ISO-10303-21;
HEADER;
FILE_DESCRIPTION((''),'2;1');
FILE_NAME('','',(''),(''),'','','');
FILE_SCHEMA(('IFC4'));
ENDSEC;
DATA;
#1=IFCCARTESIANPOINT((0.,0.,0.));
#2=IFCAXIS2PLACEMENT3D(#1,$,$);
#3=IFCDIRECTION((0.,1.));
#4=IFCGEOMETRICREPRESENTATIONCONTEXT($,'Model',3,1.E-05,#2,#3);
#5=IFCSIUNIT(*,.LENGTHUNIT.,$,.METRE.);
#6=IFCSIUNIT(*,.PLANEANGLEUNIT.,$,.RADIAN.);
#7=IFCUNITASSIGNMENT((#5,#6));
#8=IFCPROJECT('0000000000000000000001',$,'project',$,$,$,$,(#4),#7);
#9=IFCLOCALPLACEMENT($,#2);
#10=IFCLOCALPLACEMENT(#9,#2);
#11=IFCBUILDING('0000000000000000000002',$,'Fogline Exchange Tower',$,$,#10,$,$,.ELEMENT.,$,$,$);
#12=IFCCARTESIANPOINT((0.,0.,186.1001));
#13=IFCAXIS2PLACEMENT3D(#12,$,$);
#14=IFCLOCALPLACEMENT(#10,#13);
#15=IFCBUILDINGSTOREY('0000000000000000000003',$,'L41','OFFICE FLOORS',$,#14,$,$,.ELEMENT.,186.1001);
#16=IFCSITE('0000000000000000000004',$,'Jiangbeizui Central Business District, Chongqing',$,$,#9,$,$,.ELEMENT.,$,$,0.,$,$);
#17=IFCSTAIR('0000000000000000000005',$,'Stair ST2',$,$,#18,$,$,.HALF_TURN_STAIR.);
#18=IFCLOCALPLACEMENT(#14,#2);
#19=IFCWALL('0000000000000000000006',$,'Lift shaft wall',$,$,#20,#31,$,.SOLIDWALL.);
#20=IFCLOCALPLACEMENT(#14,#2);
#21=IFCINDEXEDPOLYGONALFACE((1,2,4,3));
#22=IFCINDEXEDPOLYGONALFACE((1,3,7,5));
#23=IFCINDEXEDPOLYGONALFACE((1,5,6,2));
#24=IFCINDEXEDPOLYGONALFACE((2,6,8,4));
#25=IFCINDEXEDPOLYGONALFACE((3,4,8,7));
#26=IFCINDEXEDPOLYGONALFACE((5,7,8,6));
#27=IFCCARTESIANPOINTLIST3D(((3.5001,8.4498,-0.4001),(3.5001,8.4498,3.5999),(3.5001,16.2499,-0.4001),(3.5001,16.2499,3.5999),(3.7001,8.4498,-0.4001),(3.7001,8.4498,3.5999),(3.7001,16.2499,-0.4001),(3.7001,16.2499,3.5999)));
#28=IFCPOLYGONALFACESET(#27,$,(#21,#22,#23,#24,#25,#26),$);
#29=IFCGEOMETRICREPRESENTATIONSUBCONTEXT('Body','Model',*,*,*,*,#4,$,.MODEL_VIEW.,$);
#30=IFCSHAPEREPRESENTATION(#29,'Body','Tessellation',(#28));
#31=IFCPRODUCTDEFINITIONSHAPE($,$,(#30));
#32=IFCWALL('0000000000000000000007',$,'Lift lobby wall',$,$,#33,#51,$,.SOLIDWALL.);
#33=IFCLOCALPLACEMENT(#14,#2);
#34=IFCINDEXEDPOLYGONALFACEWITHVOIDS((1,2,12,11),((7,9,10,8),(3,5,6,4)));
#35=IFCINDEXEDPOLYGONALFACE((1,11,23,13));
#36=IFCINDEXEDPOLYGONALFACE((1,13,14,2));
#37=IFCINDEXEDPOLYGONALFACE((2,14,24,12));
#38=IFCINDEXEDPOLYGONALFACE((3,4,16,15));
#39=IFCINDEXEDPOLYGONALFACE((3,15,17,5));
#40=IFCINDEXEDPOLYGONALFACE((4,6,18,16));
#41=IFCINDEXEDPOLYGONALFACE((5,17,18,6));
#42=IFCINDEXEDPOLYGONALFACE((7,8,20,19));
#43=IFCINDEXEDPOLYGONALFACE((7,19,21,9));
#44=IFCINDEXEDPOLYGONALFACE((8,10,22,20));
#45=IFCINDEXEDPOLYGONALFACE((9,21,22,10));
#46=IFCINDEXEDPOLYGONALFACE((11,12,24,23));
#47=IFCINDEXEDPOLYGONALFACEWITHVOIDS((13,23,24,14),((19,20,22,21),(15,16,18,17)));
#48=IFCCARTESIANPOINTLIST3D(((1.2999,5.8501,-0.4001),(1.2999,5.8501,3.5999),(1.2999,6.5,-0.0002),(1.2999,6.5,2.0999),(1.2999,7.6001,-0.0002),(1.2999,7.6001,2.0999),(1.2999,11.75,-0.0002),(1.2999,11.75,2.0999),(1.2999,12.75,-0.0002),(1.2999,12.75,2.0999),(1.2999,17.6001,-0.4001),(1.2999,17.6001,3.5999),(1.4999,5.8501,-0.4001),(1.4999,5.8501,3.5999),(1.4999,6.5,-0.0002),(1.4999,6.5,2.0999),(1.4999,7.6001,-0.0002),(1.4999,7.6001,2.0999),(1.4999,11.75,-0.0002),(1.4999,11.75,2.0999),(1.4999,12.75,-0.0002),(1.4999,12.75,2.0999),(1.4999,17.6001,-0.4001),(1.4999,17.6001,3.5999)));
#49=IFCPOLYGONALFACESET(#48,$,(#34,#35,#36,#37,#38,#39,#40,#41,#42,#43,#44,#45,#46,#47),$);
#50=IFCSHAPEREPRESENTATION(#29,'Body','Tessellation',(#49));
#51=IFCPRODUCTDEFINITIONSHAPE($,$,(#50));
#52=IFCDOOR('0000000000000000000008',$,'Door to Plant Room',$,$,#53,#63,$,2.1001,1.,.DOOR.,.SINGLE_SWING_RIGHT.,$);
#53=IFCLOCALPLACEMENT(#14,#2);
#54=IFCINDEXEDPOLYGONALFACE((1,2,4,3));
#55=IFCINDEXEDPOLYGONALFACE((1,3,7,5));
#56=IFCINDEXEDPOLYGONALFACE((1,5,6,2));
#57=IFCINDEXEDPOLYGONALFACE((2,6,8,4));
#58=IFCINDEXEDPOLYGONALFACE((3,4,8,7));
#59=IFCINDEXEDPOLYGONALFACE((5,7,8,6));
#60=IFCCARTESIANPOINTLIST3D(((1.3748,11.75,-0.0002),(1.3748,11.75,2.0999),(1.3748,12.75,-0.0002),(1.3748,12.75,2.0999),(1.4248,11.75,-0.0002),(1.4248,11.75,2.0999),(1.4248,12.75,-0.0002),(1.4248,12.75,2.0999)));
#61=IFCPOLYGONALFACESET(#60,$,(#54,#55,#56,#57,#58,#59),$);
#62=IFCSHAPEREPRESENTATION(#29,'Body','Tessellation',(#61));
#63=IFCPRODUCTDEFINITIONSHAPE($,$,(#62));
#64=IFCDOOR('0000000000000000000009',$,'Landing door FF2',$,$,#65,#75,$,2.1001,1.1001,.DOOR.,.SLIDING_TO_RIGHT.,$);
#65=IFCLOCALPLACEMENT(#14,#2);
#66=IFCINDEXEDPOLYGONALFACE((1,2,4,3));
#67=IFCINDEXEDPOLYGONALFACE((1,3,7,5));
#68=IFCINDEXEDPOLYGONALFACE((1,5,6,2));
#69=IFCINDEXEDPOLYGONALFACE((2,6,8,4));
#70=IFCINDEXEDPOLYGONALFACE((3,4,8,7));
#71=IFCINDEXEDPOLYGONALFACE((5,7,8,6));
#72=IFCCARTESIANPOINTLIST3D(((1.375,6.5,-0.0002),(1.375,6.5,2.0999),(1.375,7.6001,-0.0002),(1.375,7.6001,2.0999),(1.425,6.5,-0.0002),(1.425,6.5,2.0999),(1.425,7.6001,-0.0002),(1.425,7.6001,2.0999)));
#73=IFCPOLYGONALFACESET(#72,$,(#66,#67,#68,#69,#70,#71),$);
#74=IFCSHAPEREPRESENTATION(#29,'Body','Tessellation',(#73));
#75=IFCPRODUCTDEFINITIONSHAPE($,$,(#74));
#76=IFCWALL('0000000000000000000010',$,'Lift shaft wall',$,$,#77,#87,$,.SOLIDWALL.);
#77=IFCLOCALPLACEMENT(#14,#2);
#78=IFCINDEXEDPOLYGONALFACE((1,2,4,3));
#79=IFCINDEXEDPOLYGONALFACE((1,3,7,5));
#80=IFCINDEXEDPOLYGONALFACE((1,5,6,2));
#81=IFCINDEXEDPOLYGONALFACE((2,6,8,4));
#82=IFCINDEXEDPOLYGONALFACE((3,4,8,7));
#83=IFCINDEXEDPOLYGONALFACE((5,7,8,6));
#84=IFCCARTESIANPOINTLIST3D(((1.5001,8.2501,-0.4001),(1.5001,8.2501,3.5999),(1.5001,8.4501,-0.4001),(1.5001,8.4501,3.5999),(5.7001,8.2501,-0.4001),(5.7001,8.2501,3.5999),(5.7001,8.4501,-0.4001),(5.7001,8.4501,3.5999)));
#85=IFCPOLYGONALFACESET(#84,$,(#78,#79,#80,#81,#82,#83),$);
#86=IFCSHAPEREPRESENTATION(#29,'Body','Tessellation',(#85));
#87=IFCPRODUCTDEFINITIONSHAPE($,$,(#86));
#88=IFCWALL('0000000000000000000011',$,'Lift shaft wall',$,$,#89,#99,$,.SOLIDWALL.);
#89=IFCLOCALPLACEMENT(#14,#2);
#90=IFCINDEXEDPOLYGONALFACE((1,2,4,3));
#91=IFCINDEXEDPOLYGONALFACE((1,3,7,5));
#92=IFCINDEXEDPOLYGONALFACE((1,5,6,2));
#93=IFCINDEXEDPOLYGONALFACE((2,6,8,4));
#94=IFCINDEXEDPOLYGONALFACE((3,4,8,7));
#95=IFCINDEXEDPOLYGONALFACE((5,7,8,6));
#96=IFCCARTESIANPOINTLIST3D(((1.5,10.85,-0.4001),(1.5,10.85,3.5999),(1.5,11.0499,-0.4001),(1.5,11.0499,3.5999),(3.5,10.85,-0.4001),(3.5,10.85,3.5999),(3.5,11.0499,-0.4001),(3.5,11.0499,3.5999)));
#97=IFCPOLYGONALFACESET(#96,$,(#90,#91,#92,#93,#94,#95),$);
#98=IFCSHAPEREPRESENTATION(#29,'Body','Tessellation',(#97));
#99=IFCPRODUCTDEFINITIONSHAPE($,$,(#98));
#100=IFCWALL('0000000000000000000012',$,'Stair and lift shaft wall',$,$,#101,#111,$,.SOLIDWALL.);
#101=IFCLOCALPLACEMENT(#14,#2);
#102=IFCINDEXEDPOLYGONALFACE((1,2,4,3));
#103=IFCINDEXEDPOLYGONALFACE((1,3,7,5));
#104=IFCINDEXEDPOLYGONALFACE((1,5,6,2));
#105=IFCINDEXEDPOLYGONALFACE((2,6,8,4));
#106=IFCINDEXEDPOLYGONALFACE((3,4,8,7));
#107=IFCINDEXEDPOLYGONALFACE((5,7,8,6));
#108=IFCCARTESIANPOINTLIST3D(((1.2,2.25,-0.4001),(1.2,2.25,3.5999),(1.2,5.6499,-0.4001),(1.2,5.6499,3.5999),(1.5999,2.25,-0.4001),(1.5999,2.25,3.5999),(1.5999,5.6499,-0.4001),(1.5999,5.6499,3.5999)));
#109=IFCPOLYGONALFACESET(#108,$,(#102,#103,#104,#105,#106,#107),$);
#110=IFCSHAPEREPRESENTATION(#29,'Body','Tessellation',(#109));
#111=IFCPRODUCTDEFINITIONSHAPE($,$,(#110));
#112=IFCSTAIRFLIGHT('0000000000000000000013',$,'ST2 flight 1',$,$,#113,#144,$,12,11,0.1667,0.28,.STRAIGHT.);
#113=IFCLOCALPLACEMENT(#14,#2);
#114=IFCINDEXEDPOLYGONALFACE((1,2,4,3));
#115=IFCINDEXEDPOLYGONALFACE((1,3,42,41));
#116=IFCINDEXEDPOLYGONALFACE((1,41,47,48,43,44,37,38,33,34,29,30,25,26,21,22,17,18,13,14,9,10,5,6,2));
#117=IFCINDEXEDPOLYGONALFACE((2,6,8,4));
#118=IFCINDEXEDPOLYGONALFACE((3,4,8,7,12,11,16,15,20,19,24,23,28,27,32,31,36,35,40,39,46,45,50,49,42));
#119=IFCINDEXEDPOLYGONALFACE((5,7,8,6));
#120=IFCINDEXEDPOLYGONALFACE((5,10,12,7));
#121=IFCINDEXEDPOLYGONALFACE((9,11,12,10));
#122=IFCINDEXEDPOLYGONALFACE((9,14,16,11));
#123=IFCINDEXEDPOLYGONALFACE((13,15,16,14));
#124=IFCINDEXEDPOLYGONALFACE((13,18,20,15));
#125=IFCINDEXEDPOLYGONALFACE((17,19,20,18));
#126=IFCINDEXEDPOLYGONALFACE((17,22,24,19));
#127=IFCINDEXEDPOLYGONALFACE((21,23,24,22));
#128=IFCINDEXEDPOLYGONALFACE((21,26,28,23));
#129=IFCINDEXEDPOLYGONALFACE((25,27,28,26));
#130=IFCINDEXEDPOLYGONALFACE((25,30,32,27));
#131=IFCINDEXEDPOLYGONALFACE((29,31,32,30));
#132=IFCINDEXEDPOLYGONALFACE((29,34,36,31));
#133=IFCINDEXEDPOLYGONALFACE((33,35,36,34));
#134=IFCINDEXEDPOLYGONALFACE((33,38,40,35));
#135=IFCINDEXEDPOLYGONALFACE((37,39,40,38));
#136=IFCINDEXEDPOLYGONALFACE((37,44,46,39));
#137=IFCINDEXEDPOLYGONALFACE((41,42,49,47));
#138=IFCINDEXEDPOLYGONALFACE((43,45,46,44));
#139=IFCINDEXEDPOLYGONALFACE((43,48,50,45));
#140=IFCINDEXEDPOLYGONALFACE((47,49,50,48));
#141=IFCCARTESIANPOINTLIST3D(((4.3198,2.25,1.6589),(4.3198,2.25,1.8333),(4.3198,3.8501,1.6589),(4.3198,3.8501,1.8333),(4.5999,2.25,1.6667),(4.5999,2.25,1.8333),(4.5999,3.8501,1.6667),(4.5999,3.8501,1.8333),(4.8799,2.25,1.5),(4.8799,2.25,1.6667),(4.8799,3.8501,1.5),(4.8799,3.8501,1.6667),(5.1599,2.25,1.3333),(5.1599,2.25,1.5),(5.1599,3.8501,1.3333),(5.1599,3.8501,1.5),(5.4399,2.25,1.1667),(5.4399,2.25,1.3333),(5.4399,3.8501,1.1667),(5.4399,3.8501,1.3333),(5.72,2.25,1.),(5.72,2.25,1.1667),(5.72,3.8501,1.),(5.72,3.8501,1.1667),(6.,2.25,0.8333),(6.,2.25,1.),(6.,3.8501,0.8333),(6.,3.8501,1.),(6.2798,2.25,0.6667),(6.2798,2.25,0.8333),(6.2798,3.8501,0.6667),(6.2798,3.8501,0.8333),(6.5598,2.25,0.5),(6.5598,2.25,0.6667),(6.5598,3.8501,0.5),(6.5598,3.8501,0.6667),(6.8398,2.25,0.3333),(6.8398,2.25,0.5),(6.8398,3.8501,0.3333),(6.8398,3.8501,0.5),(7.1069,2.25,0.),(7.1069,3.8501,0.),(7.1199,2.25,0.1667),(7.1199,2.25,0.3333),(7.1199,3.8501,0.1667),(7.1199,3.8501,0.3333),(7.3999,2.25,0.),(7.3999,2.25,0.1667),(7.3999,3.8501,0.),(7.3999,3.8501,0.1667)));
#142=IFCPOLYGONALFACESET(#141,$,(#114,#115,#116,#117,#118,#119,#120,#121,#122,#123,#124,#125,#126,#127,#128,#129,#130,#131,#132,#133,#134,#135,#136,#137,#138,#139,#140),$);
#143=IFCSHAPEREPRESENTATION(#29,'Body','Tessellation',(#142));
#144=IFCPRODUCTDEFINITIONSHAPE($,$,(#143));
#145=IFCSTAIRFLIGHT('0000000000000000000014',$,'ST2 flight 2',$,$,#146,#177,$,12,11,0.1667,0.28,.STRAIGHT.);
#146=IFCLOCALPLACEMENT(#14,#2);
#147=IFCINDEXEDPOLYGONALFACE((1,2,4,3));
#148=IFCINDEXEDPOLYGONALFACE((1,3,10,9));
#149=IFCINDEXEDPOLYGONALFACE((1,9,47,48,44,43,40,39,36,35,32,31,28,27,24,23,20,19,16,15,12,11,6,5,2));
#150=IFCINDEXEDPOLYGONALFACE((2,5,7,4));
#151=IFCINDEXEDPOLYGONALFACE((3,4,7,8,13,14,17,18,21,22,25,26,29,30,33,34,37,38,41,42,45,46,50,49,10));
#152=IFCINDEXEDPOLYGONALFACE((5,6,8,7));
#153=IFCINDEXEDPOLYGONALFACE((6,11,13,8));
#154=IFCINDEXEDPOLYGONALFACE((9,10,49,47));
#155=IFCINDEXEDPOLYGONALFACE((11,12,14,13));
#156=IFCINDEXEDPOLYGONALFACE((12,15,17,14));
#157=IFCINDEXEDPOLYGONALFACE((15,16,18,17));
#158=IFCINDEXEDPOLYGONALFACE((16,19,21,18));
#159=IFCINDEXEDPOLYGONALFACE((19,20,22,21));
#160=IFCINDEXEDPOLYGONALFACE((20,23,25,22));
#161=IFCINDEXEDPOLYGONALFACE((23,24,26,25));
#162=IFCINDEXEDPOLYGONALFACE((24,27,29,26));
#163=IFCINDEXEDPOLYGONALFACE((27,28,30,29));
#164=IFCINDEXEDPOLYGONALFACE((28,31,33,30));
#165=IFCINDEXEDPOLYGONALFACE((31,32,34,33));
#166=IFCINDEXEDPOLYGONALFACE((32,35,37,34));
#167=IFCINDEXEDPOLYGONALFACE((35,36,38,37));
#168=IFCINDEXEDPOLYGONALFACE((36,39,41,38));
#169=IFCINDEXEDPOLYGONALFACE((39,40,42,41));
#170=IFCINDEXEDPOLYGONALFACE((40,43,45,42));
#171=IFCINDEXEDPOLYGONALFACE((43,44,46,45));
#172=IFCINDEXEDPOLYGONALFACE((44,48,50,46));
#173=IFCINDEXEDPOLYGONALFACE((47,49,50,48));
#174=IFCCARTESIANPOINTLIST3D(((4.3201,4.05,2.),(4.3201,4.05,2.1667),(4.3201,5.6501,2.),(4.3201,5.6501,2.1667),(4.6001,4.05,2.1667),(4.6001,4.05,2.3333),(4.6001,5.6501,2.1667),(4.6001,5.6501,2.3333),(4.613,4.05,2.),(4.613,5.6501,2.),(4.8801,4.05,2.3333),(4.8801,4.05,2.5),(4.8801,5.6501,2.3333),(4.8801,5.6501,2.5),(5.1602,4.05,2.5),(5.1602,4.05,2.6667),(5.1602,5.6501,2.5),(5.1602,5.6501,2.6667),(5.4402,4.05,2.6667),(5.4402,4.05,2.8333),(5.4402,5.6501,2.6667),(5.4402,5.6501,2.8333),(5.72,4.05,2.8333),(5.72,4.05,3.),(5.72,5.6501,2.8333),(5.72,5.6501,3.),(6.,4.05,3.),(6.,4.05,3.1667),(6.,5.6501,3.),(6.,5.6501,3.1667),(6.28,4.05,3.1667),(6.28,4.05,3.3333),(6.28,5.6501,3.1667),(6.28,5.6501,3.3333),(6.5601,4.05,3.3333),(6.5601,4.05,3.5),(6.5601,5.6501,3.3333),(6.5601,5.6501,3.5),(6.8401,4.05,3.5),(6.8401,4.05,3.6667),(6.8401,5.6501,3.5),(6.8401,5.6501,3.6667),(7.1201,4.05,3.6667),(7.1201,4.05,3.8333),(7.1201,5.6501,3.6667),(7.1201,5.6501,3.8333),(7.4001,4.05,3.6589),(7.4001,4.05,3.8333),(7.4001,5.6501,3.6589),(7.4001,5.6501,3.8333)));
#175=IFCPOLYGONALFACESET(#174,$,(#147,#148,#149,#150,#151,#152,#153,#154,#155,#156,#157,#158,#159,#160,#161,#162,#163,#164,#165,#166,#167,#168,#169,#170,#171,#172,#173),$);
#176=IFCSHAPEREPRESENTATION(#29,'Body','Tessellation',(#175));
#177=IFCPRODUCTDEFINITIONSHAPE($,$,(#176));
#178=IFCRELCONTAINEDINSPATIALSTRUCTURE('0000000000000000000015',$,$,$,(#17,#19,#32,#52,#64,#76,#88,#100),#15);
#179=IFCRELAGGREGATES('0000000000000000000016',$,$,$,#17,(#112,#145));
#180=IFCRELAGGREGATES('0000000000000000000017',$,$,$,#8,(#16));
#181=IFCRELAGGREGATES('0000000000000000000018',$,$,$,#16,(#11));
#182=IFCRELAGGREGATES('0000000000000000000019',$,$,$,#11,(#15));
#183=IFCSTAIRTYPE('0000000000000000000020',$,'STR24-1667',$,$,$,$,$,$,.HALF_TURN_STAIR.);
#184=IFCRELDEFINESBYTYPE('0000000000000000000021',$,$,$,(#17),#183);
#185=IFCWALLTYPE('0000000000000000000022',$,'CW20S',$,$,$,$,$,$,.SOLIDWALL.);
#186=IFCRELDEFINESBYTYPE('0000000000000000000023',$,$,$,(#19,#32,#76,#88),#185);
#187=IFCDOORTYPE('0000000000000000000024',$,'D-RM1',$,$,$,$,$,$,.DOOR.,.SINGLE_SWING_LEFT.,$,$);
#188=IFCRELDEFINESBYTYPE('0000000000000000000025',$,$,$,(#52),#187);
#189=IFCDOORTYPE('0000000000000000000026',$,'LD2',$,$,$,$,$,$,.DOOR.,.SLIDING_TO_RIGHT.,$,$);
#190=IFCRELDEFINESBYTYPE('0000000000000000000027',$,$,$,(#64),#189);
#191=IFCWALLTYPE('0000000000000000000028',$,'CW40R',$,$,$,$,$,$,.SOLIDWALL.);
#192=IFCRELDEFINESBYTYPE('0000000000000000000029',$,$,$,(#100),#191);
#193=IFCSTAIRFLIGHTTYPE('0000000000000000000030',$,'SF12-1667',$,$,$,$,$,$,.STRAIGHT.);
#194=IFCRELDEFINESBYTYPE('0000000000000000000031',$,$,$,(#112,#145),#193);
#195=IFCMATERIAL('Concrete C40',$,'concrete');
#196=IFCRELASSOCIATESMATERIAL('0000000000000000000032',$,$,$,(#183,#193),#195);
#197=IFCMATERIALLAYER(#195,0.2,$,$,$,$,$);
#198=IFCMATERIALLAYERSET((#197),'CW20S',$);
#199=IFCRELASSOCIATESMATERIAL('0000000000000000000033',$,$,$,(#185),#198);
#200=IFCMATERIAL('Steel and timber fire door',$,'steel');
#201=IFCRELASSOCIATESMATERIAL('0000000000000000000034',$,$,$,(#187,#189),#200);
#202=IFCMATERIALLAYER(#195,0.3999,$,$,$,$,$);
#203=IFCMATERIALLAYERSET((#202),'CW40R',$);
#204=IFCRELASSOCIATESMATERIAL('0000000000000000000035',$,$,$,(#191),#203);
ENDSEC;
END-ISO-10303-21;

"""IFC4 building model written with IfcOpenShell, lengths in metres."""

from ifc_helpers import new_model, si_unit, direction, frame, frame_2d, origin, place, context, subcontext, project, spatial, polyline, rectangle, outline, extrude, material, layer, layer_set, type_object, element, fill, aggregate, save


model = new_model("IFC4")

# Units and contexts
model_context = context("Model", 3, precision=1e-05, world=origin(), true_north=direction((0.0, 1.0)))
body_context = subcontext(model_context, "Body", "Model", "MODEL_VIEW")
ifc_project = project(units=[si_unit("LENGTHUNIT", "METRE"), si_unit("PLANEANGLEUNIT", "RADIAN")], contexts=[model_context])

# Site, building, storey
site_placement = place(None, origin())
site = spatial("IfcSite", under=ifc_project, at=site_placement, Name="Jiangbeizui Central Business District, Chongqing", CompositionType="ELEMENT", RefElevation=0.0)
building_placement = place(site_placement, origin())
building = spatial("IfcBuilding", under=site, at=building_placement, Name="Fogline Exchange Tower", CompositionType="ELEMENT")
storey_placement = place(building_placement, frame((0.0, 0.0, 186.1001)))
storey = spatial("IfcBuildingStorey", under=building, at=storey_placement, Name="L41", Description="OFFICE FLOORS", CompositionType="ELEMENT", Elevation=186.1001)

# Shared definitions
ifc_material_1 = material(Name="Concrete C40", Category="concrete")

# Stair
stair_type = type_object("IfcStairType", Name="STR24-1667", PredefinedType="HALF_TURN_STAIR", material=ifc_material_1)
stair_1_placement = place(storey_placement, origin())
stair_1 = element("IfcStair", 1, at=stair_1_placement, inside=storey, type_object=stair_type, Name="Stair ST2", PredefinedType="HALF_TURN_STAIR")

# Shared definitions
ifc_material_2 = material(Name="Steel and timber fire door", Category="steel")

# Shared definitions
ifc_layer_1 = layer(ifc_material_1, 0.2)
ifc_layer_set_1 = layer_set([ifc_layer_1], Name="CW20S")
wall_type_1 = type_object("IfcWallType", Name="CW20S", PredefinedType="SOLIDWALL", material=ifc_layer_set_1)

# Wall
wall_1_placement = place(storey_placement, frame((3.6001, 8.45, -0.4001), z_axis=(0.0, 0.0, 1.0), x_axis=(0.0, 1.0, 0.0)))
element("IfcWall", 2, at=wall_1_placement, inside=storey, type_object=wall_type_1, Name="Lift shaft wall", PredefinedType="SOLIDWALL", context=body_context, shape_type="SweptSolid", body=[
    extrude(rectangle(XDim=7.8, YDim=0.2, at=frame_2d((3.8999, 0.0))), origin(), (0.0, 0.0, 1.0), 4.0),
])

# Wall, openings, doors
wall_2_placement = place(storey_placement, frame((1.3999, 5.8501, -0.4001), z_axis=(0.0, 0.0, 1.0), x_axis=(0.0, 1.0, 0.0)))
wall_2 = element("IfcWall", 3, at=wall_2_placement, inside=storey, type_object=wall_type_1, Name="Lift lobby wall", PredefinedType="SOLIDWALL", context=body_context, shape_type="SweptSolid", body=[
    extrude(rectangle(XDim=11.75, YDim=0.2, at=frame_2d((5.875, 0.0))), origin(), (0.0, 0.0, 1.0), 4.0),
])
opening_1_placement = place(wall_2_placement, frame((0.6499, 0.0, 0.3999)))
opening_1 = element("IfcOpeningElement", 4, at=opening_1_placement, cuts=wall_2, PredefinedType="OPENING", context=body_context, shape_type="SweptSolid", body=[
    extrude(rectangle(XDim=1.1001, YDim=2.1001, at=frame_2d((0.55, 1.05))), frame((0.0, 0.1099, 0.0), z_axis=(0.0, -1.0, 0.0), x_axis=(1.0, 0.0, 0.0)), (0.0, 0.0, 1.0), 0.22),
])
opening_2_placement = place(wall_2_placement, frame((5.8999, 0.0, 0.3999)))
opening_2 = element("IfcOpeningElement", 5, at=opening_2_placement, cuts=wall_2, PredefinedType="OPENING", context=body_context, shape_type="SweptSolid", body=[
    extrude(rectangle(XDim=1.0, YDim=2.1001, at=frame_2d((0.5, 1.05))), frame((0.0, 0.1099, 0.0), z_axis=(0.0, -1.0, 0.0), x_axis=(1.0, 0.0, 0.0)), (0.0, 0.0, 1.0), 0.22),
])
door_type_1 = type_object("IfcDoorType", Name="D-RM1", OperationType="SINGLE_SWING_LEFT", PredefinedType="DOOR", material=ifc_material_2)
door_1_placement = place(opening_2_placement, frame((1.0, 0.0, 0.0), z_axis=(0.0, 0.0, 1.0), x_axis=(-1.0, 0.0, 0.0)))
door_1 = element("IfcDoor", 6, at=door_1_placement, inside=storey, type_object=door_type_1, Name="Door to Plant Room", OperationType="SINGLE_SWING_RIGHT", OverallHeight=2.1001, OverallWidth=1.0, PredefinedType="DOOR", context=body_context, shape_type="SweptSolid", body=[
    extrude(rectangle(XDim=1.0, YDim=2.1001, at=frame_2d((0.5, 1.05))), frame((0.0, 0.0249, 0.0), z_axis=(0.0, -1.0, 0.0), x_axis=(1.0, 0.0, 0.0)), (0.0, 0.0, 1.0), 0.05),
])
fill(opening_2, door_1)
door_type_2 = type_object("IfcDoorType", Name="LD2", OperationType="SLIDING_TO_RIGHT", PredefinedType="DOOR", material=ifc_material_2)
door_2_placement = place(opening_1_placement, origin())
door_2 = element("IfcDoor", 7, at=door_2_placement, inside=storey, type_object=door_type_2, Name="Landing door FF2", OperationType="SLIDING_TO_RIGHT", OverallHeight=2.1001, OverallWidth=1.1001, PredefinedType="DOOR", context=body_context, shape_type="SweptSolid", body=[
    extrude(rectangle(XDim=1.1001, YDim=2.1001, at=frame_2d((0.55, 1.05))), frame((0.0, 0.0249, 0.0), z_axis=(0.0, -1.0, 0.0), x_axis=(1.0, 0.0, 0.0)), (0.0, 0.0, 1.0), 0.05),
])
fill(opening_1, door_2)

# Walls
wall_3_placement = place(storey_placement, frame((1.5, 8.3501, -0.4001), z_axis=(0.0, 0.0, 1.0), x_axis=(1.0, 0.0, 0.0)))
element("IfcWall", 8, at=wall_3_placement, inside=storey, type_object=wall_type_1, Name="Lift shaft wall", PredefinedType="SOLIDWALL", context=body_context, shape_type="SweptSolid", body=[
    extrude(rectangle(XDim=4.2, YDim=0.2, at=frame_2d((2.1001, 0.0))), origin(), (0.0, 0.0, 1.0), 4.0),
])
wall_4_placement = place(storey_placement, frame((1.5, 10.95, -0.4001), z_axis=(0.0, 0.0, 1.0), x_axis=(1.0, 0.0, 0.0)))
element("IfcWall", 9, at=wall_4_placement, inside=storey, type_object=wall_type_1, Name="Lift shaft wall", PredefinedType="SOLIDWALL", context=body_context, shape_type="SweptSolid", body=[
    extrude(rectangle(XDim=2.0, YDim=0.2, at=frame_2d((1.0, 0.0))), origin(), (0.0, 0.0, 1.0), 4.0),
])
ifc_layer_2 = layer(ifc_material_1, 0.3999)
ifc_layer_set_2 = layer_set([ifc_layer_2], Name="CW40R")
wall_type_2 = type_object("IfcWallType", Name="CW40R", PredefinedType="SOLIDWALL", material=ifc_layer_set_2)
wall_5_placement = place(storey_placement, frame((1.3999, 2.25, -0.4001), z_axis=(0.0, 0.0, 1.0), x_axis=(0.0, 1.0, 0.0)))
element("IfcWall", 10, at=wall_5_placement, inside=storey, type_object=wall_type_2, Name="Stair and lift shaft wall", PredefinedType="SOLIDWALL", context=body_context, shape_type="SweptSolid", body=[
    extrude(rectangle(XDim=3.3999, YDim=0.3999, at=frame_2d((1.7, 0.0))), origin(), (0.0, 0.0, 1.0), 4.0),
])

# Stair flights
stair_flight_type = type_object("IfcStairFlightType", Name="SF12-1667", PredefinedType="STRAIGHT", material=ifc_material_1)
stair_flight_1_placement = place(storey_placement, frame((7.3999, 3.05, 0.0), z_axis=(0.0, 0.0, 1.0), x_axis=(-1.0, 0.0, 0.0)))
stair_flight_1 = element("IfcStairFlight", 11, at=stair_flight_1_placement, type_object=stair_flight_type, Name="ST2 flight 1", NumberOfRisers=12, NumberOfTreads=11, PredefinedType="STRAIGHT", RiserHeight=0.1667, TreadLength=0.28, context=body_context, shape_type="SweptSolid", body=[
    extrude(outline(polyline([(0.0, 0.0), (0.0, 0.1667), (0.28, 0.1667), (0.28, 0.3333), (0.5601, 0.3333), (0.5601, 0.5), (0.8401, 0.5), (0.8401, 0.6667), (1.1201, 0.6667), (1.1201, 0.8333), (1.3999, 0.8333), (1.3999, 1.0), (1.6799, 1.0), (1.6799, 1.1667), (1.96, 1.1667), (1.96, 1.3333), (2.24, 1.3333), (2.24, 1.5), (2.52, 1.5), (2.52, 1.6667), (2.8, 1.6667), (2.8, 1.8333), (3.0801, 1.8333), (3.0801, 2.0), (3.0801, 1.6589), (0.293, 0.0), (0.0, 0.0)])), frame((0.0, 0.8, 0.0), z_axis=(0.0, -1.0, 0.0), x_axis=(1.0, 0.0, 0.0)), (0.0, 0.0, 1.0), 1.6001),
])
stair_flight_2_placement = place(storey_placement, frame((4.3201, 4.8501, 2.0), z_axis=(0.0, 0.0, 1.0), x_axis=(1.0, 0.0, 0.0)))
stair_flight_2 = element("IfcStairFlight", 12, at=stair_flight_2_placement, type_object=stair_flight_type, Name="ST2 flight 2", NumberOfRisers=12, NumberOfTreads=11, PredefinedType="STRAIGHT", RiserHeight=0.1667, TreadLength=0.28, context=body_context, shape_type="SweptSolid", body=[
    extrude(outline(polyline([(0.0, 0.0), (0.0, 0.1667), (0.28, 0.1667), (0.28, 0.3333), (0.5601, 0.3333), (0.5601, 0.5), (0.8401, 0.5), (0.8401, 0.6667), (1.1201, 0.6667), (1.1201, 0.8333), (1.3999, 0.8333), (1.3999, 1.0), (1.6799, 1.0), (1.6799, 1.1667), (1.96, 1.1667), (1.96, 1.3333), (2.24, 1.3333), (2.24, 1.5), (2.52, 1.5), (2.52, 1.6667), (2.8, 1.6667), (2.8, 1.8333), (3.0801, 1.8333), (3.0801, 2.0), (3.0801, 1.6589), (0.293, 0.0), (0.0, 0.0)])), frame((0.0, 0.8, 0.0), z_axis=(0.0, -1.0, 0.0), x_axis=(1.0, 0.0, 0.0)), (0.0, 0.0, 1.0), 1.6001),
])
aggregate(stair_1, [stair_flight_1, stair_flight_2])

save(model, "model.ifc")
